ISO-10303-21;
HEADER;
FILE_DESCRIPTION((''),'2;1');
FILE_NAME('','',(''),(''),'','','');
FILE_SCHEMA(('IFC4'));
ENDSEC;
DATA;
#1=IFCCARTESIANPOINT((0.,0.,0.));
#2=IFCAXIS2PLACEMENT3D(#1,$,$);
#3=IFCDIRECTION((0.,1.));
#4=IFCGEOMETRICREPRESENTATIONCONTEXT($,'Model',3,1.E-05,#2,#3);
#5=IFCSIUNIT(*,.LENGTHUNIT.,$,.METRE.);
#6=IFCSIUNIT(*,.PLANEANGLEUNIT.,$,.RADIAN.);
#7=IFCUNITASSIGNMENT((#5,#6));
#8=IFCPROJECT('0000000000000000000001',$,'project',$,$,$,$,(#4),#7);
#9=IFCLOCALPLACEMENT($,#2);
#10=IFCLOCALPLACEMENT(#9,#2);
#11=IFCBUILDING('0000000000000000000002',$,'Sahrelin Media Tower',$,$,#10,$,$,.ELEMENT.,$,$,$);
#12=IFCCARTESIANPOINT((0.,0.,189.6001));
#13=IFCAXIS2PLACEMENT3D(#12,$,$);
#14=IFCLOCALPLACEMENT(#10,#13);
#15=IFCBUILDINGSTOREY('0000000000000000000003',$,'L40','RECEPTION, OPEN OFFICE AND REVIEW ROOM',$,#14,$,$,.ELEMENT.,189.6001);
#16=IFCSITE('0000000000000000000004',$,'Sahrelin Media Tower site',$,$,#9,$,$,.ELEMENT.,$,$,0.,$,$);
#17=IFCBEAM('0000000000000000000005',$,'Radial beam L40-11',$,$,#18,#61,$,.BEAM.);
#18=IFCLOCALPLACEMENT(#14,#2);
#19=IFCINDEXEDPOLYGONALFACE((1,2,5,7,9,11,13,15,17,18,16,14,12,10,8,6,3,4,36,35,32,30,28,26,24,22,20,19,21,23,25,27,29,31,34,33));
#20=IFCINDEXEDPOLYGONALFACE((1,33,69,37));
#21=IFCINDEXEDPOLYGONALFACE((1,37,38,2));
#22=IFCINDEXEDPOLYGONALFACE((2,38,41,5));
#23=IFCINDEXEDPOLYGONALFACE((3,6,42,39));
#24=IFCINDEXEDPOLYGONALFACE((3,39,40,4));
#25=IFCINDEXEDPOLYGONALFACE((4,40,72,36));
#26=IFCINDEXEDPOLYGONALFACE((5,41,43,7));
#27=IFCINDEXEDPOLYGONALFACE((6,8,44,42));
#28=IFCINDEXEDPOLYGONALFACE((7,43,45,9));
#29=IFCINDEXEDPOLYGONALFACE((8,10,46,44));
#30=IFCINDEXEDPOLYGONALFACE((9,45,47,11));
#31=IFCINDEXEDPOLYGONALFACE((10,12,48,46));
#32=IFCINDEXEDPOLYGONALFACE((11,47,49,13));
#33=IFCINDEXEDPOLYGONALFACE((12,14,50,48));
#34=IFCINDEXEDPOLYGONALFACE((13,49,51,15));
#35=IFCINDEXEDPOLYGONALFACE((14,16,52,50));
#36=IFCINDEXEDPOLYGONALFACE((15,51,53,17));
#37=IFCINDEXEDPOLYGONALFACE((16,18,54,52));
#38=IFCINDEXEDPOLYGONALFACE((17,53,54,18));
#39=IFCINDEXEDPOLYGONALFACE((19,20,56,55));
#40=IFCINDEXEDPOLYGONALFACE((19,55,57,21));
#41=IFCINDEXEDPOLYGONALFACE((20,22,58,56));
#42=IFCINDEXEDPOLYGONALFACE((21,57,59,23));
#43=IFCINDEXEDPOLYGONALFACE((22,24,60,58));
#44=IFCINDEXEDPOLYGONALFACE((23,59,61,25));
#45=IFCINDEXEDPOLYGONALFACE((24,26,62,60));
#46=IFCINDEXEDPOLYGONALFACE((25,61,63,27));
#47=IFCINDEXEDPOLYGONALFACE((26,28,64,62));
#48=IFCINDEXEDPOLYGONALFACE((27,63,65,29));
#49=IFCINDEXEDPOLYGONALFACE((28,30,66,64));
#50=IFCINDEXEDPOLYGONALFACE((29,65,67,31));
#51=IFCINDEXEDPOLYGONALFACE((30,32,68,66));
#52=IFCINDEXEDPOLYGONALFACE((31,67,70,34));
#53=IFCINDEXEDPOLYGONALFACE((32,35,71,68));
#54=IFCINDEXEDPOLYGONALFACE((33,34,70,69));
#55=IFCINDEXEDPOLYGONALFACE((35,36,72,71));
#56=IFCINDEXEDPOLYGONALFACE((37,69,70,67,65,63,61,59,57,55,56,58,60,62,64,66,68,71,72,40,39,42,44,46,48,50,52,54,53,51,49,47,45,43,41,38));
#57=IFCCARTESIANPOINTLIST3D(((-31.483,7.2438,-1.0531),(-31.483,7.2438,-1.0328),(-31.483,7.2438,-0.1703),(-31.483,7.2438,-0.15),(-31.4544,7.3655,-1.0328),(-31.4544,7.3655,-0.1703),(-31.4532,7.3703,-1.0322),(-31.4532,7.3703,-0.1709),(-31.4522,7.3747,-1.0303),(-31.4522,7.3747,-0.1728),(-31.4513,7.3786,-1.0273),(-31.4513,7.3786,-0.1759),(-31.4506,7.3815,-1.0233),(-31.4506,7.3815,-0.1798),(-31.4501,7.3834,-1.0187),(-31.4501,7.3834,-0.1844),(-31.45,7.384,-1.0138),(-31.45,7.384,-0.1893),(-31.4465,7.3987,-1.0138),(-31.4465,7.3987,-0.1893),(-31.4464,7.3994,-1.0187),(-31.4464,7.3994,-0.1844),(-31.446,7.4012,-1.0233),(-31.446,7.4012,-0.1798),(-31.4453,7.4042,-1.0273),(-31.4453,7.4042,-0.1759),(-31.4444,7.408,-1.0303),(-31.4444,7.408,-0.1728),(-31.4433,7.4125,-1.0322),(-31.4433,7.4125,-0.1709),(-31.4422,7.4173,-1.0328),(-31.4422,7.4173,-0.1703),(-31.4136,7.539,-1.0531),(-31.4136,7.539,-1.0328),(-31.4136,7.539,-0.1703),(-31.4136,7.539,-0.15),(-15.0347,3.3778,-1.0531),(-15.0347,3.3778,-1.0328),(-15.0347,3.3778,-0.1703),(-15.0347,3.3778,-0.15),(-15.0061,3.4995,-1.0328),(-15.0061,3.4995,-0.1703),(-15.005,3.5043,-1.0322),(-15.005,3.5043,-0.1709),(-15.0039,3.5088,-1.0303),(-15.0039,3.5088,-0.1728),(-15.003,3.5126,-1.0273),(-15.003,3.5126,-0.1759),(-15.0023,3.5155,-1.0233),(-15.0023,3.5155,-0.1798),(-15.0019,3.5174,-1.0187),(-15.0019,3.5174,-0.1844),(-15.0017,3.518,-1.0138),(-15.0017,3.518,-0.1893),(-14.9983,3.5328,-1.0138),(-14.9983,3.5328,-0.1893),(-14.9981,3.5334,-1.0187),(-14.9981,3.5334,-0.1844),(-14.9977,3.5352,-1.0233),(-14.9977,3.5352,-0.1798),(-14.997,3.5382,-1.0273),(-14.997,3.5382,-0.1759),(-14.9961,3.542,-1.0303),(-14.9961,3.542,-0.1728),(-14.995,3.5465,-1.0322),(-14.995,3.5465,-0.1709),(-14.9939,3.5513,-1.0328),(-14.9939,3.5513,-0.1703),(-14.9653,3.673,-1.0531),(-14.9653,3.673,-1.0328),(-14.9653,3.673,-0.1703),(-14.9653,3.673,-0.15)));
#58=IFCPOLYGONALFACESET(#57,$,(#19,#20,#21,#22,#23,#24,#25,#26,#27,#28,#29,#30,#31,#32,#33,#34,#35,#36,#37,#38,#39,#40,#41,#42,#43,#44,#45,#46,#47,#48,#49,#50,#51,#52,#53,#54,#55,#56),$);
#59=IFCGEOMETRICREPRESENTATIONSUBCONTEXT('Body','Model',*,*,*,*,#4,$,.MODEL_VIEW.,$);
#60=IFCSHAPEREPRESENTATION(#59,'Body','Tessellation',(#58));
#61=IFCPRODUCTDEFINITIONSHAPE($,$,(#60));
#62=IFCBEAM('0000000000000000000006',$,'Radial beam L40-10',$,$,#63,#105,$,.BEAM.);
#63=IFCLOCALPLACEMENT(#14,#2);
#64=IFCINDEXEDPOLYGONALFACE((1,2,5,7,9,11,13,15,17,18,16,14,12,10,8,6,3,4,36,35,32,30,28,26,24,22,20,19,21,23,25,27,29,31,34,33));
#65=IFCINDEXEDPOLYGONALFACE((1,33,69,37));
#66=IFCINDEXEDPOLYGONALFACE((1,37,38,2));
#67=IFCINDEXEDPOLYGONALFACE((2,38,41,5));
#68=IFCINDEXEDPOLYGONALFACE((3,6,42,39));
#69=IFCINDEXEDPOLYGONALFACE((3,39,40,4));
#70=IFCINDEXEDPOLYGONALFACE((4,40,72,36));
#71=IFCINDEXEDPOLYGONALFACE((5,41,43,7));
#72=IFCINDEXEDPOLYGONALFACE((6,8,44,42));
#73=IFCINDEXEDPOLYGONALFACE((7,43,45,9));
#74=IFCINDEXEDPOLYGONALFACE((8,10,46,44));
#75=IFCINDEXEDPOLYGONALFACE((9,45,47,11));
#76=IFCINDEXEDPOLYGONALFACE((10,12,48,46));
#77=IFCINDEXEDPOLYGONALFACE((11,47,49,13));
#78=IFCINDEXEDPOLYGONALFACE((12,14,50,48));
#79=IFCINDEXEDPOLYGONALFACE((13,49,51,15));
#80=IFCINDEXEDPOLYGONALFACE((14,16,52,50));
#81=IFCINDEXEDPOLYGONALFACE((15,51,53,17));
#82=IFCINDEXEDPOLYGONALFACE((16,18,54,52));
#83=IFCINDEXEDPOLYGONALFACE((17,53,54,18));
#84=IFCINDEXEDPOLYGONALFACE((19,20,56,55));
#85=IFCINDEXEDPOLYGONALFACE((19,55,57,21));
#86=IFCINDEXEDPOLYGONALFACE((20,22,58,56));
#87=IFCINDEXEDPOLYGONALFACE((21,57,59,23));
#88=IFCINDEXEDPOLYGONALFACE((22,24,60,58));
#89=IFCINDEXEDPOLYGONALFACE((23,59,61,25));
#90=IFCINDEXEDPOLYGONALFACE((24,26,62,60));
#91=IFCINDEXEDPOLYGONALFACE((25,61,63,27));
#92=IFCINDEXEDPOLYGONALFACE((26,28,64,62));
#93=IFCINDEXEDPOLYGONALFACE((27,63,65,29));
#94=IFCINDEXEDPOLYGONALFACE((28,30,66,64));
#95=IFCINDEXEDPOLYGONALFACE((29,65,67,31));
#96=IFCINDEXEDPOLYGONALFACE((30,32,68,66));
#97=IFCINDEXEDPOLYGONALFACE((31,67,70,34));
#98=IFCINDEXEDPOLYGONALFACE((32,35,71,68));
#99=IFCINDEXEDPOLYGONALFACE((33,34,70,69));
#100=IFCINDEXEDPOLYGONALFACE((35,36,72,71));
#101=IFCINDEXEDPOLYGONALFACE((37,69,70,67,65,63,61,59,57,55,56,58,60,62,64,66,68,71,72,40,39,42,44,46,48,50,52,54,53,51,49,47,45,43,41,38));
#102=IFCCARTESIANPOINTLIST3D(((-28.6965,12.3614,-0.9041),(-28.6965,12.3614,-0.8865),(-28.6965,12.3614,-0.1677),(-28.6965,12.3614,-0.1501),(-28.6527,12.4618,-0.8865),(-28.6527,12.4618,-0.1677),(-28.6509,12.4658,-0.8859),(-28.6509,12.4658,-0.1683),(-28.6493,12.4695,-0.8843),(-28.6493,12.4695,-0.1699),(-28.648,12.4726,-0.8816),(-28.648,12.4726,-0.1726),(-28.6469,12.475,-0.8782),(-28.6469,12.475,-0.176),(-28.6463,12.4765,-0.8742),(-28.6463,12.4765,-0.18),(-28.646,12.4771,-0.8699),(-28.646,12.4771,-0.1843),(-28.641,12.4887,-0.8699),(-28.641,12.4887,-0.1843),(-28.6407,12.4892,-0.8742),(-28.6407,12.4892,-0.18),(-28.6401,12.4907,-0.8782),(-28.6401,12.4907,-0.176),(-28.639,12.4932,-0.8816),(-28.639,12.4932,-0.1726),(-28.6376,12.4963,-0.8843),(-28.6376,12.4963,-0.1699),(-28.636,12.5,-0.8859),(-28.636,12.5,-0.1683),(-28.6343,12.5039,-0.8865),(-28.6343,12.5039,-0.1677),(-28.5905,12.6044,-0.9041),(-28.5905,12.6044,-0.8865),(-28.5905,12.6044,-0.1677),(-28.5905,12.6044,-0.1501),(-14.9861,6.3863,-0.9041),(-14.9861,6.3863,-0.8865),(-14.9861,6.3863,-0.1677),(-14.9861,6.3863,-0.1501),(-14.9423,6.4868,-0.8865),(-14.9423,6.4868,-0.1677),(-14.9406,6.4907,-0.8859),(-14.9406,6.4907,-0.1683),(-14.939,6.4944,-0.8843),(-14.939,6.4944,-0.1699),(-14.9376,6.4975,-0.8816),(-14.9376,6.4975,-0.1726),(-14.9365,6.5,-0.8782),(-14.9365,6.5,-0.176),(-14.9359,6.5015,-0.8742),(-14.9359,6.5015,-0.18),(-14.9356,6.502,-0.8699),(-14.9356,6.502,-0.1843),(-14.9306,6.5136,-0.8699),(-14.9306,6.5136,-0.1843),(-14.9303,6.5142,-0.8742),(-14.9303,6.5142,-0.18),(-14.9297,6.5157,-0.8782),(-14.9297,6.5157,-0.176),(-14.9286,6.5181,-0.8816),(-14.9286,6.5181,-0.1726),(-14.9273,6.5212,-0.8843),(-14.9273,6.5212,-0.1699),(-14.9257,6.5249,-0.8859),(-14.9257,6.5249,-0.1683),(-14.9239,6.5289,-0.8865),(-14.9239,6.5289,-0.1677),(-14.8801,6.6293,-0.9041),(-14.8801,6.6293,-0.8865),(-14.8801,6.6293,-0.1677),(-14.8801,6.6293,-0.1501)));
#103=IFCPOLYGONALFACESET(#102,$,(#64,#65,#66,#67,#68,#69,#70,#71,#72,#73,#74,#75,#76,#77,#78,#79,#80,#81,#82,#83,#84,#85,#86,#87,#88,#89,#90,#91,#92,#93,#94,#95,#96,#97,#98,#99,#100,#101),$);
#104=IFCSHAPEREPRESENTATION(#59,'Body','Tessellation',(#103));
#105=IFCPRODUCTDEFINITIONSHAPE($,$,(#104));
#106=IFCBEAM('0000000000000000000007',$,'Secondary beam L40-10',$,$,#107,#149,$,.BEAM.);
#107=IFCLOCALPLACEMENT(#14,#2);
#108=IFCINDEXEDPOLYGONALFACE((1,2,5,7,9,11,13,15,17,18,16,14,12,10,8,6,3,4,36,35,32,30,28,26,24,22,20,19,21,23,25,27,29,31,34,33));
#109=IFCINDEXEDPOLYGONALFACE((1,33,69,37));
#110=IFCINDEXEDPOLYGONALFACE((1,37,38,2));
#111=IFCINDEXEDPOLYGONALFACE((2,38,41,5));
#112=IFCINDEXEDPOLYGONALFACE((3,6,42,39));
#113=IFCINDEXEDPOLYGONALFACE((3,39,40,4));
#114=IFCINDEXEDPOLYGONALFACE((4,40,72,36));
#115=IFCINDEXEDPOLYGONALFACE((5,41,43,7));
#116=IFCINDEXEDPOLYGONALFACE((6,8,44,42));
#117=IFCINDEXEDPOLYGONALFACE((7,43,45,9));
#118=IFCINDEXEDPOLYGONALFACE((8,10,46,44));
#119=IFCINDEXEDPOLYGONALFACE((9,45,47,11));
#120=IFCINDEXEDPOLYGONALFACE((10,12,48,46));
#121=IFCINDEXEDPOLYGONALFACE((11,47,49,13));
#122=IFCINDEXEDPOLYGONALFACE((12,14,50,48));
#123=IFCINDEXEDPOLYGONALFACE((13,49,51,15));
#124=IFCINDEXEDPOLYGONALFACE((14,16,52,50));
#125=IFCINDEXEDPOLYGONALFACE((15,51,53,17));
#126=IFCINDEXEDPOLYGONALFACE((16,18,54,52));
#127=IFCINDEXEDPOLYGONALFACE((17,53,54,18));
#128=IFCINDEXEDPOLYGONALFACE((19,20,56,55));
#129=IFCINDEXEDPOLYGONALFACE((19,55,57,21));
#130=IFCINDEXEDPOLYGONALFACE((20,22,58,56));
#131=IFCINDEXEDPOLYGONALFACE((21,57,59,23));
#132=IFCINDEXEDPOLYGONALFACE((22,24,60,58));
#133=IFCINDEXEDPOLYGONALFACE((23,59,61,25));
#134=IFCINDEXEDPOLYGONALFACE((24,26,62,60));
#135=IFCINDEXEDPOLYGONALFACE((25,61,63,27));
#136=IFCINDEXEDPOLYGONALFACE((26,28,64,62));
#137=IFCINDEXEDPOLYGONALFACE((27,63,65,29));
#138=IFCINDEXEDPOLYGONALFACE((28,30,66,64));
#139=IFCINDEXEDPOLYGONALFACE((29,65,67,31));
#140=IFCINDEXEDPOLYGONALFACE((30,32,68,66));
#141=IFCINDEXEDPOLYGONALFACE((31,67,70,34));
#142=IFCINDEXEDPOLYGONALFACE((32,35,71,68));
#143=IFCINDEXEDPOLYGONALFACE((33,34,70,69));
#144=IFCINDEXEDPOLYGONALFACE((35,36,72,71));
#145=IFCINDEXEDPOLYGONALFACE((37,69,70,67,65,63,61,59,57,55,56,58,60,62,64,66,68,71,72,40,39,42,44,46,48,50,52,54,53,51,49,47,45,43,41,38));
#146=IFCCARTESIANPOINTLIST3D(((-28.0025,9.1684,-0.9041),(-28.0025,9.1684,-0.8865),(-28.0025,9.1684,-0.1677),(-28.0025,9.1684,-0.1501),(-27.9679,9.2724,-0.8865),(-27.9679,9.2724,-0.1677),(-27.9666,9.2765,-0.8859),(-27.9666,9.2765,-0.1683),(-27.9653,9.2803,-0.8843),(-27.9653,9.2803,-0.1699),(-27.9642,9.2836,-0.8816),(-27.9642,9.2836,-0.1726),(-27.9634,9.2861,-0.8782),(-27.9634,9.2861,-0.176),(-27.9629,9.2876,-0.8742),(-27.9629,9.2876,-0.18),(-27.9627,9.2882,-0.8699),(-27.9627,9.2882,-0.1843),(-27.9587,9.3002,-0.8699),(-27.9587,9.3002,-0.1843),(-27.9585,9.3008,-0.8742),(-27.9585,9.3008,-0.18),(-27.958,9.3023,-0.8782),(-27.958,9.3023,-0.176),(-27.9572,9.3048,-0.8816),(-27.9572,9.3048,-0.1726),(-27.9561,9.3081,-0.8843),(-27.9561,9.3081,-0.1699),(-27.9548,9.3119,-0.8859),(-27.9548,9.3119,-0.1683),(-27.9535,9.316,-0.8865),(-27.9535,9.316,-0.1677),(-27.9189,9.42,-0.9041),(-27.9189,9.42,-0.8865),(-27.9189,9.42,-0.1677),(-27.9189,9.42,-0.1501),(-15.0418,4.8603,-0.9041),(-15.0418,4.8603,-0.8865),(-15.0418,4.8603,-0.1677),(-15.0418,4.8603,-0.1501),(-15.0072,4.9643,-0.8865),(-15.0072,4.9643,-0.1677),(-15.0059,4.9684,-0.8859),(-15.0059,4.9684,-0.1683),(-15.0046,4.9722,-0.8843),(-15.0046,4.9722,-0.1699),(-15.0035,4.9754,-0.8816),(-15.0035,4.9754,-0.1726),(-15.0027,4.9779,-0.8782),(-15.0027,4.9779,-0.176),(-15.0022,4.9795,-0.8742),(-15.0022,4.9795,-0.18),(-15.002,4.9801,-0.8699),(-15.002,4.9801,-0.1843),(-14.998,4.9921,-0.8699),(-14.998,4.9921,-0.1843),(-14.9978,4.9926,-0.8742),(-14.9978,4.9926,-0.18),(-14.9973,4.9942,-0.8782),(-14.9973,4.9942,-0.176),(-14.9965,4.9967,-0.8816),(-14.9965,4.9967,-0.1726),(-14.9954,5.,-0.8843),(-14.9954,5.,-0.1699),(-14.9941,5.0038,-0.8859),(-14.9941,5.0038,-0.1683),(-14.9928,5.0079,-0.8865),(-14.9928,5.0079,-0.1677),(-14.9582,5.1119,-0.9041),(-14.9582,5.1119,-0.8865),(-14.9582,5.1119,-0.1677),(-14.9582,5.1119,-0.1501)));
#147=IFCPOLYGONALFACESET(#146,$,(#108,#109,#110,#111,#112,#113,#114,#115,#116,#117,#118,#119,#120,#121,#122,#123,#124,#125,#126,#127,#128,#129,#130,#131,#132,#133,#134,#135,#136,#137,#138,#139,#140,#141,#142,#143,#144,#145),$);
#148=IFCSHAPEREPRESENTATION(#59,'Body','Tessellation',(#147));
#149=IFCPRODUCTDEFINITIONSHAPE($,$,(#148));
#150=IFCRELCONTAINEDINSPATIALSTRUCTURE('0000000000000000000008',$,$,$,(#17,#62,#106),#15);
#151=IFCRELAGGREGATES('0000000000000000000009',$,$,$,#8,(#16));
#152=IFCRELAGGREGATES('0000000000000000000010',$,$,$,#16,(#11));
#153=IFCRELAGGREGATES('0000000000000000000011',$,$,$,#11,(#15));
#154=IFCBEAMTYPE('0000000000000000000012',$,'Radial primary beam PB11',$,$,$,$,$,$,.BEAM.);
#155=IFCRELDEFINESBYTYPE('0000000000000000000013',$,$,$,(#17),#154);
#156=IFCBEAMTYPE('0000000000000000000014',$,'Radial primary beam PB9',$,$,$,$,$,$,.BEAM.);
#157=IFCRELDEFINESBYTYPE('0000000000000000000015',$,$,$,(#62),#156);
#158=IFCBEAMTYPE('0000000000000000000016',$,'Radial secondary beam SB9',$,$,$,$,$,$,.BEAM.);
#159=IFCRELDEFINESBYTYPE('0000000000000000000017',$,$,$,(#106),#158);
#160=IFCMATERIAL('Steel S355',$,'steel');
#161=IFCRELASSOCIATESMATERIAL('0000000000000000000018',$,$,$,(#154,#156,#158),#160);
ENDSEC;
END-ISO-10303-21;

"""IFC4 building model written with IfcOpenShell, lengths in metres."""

from ifc_helpers import new_model, si_unit, direction, frame, origin, origin_2d, place, context, subcontext, project, spatial, i_section, extrude, material, material_profile, profile_set, type_object, element, save


model = new_model("IFC4")

# Units and contexts
model_context = context("Model", 3, precision=1e-05, world=origin(), true_north=direction((0.0, 1.0)))
body_context = subcontext(model_context, "Body", "Model", "MODEL_VIEW")
ifc_project = project(units=[si_unit("LENGTHUNIT", "METRE"), si_unit("PLANEANGLEUNIT", "RADIAN")], contexts=[model_context])

# Site, building, storey
site_placement = place(None, origin())
site = spatial("IfcSite", under=ifc_project, at=site_placement, Name="Sahrelin Media Tower site", CompositionType="ELEMENT", RefElevation=0.0)
building_placement = place(site_placement, origin())
building = spatial("IfcBuilding", under=site, at=building_placement, Name="Sahrelin Media Tower", CompositionType="ELEMENT")
storey_placement = place(building_placement, frame((0.0, 0.0, 189.6001)))
storey = spatial("IfcBuildingStorey", under=building, at=storey_placement, Name="L40", Description="RECEPTION, OPEN OFFICE AND REVIEW ROOM", CompositionType="ELEMENT", Elevation=189.6001)

# Beams
ifc_material_1 = material(Name="Steel S355", Category="steel")
ifc_material_profile_1 = material_profile(ifc_material_1, i_section(OverallWidth=0.3032, OverallDepth=0.9031, WebThickness=0.0151, FlangeThickness=0.0203, FilletRadius=0.019, at=origin_2d()), Name="UB 914x305x201")
ifc_profile_set_1 = profile_set([ifc_material_profile_1], Name="Steel S355")
beam_type_1 = type_object("IfcBeamType", Name="Radial primary beam PB11", PredefinedType="BEAM", material=ifc_profile_set_1)
beam_1_placement = place(storey_placement, frame((-15.0, 3.5254, -0.6016), z_axis=(-0.973473, 0.228803, 0.0), x_axis=(-0.228803, -0.973473, 0.0)))
element("IfcBeam", 1, at=beam_1_placement, inside=storey, type_object=beam_type_1, Name="Radial beam L40-11", PredefinedType="BEAM", context=body_context, shape_type="SweptSolid", body=[
    extrude(i_section(OverallWidth=0.3032, OverallDepth=0.9031, WebThickness=0.0151, FlangeThickness=0.0203, FilletRadius=0.019, at=origin_2d()), origin(), (0.0, 0.0, 1.0), 16.8965),
])
ifc_material_profile_2 = material_profile(ifc_material_1, i_section(OverallWidth=0.2651, OverallDepth=0.7539, WebThickness=0.0127, FlangeThickness=0.0176, FilletRadius=0.0166, at=origin_2d()), Name="UB 762x267x147")
ifc_profile_set_2 = profile_set([ifc_material_profile_2], Name="Steel S355")
beam_type_2 = type_object("IfcBeamType", Name="Radial primary beam PB9", PredefinedType="BEAM", material=ifc_profile_set_2)
beam_2_placement = place(storey_placement, frame((-14.9331, 6.5078, -0.5271), z_axis=(-0.916727, 0.399515, 0.0), x_axis=(-0.399515, -0.916727, 0.0)))
element("IfcBeam", 2, at=beam_2_placement, inside=storey, type_object=beam_type_2, Name="Radial beam L40-10", PredefinedType="BEAM", context=body_context, shape_type="SweptSolid", body=[
    extrude(i_section(OverallWidth=0.2651, OverallDepth=0.7539, WebThickness=0.0127, FlangeThickness=0.0176, FilletRadius=0.0166, at=origin_2d()), origin(), (0.0, 0.0, 1.0), 14.9558),
])
ifc_material_profile_3 = material_profile(ifc_material_1, i_section(OverallWidth=0.2651, OverallDepth=0.7539, WebThickness=0.0127, FlangeThickness=0.0176, FilletRadius=0.0166, at=origin_2d()), Name="UB 762x267x147")
ifc_profile_set_3 = profile_set([ifc_material_profile_3], Name="Steel S355")
beam_type_3 = type_object("IfcBeamType", Name="Radial secondary beam SB9", PredefinedType="BEAM", material=ifc_profile_set_3)
beam_3_placement = place(storey_placement, frame((-15.0, 4.9861, -0.5271), z_axis=(-0.948949, 0.315429, 0.0), x_axis=(-0.315429, -0.948949, 0.0)))
element("IfcBeam", 3, at=beam_3_placement, inside=storey, type_object=beam_type_3, Name="Secondary beam L40-10", PredefinedType="BEAM", context=body_context, shape_type="SweptSolid", body=[
    extrude(i_section(OverallWidth=0.2651, OverallDepth=0.7539, WebThickness=0.0127, FlangeThickness=0.0176, FilletRadius=0.0166, at=origin_2d()), origin(), (0.0, 0.0, 1.0), 13.658),
])

save(model, "model.ifc")
